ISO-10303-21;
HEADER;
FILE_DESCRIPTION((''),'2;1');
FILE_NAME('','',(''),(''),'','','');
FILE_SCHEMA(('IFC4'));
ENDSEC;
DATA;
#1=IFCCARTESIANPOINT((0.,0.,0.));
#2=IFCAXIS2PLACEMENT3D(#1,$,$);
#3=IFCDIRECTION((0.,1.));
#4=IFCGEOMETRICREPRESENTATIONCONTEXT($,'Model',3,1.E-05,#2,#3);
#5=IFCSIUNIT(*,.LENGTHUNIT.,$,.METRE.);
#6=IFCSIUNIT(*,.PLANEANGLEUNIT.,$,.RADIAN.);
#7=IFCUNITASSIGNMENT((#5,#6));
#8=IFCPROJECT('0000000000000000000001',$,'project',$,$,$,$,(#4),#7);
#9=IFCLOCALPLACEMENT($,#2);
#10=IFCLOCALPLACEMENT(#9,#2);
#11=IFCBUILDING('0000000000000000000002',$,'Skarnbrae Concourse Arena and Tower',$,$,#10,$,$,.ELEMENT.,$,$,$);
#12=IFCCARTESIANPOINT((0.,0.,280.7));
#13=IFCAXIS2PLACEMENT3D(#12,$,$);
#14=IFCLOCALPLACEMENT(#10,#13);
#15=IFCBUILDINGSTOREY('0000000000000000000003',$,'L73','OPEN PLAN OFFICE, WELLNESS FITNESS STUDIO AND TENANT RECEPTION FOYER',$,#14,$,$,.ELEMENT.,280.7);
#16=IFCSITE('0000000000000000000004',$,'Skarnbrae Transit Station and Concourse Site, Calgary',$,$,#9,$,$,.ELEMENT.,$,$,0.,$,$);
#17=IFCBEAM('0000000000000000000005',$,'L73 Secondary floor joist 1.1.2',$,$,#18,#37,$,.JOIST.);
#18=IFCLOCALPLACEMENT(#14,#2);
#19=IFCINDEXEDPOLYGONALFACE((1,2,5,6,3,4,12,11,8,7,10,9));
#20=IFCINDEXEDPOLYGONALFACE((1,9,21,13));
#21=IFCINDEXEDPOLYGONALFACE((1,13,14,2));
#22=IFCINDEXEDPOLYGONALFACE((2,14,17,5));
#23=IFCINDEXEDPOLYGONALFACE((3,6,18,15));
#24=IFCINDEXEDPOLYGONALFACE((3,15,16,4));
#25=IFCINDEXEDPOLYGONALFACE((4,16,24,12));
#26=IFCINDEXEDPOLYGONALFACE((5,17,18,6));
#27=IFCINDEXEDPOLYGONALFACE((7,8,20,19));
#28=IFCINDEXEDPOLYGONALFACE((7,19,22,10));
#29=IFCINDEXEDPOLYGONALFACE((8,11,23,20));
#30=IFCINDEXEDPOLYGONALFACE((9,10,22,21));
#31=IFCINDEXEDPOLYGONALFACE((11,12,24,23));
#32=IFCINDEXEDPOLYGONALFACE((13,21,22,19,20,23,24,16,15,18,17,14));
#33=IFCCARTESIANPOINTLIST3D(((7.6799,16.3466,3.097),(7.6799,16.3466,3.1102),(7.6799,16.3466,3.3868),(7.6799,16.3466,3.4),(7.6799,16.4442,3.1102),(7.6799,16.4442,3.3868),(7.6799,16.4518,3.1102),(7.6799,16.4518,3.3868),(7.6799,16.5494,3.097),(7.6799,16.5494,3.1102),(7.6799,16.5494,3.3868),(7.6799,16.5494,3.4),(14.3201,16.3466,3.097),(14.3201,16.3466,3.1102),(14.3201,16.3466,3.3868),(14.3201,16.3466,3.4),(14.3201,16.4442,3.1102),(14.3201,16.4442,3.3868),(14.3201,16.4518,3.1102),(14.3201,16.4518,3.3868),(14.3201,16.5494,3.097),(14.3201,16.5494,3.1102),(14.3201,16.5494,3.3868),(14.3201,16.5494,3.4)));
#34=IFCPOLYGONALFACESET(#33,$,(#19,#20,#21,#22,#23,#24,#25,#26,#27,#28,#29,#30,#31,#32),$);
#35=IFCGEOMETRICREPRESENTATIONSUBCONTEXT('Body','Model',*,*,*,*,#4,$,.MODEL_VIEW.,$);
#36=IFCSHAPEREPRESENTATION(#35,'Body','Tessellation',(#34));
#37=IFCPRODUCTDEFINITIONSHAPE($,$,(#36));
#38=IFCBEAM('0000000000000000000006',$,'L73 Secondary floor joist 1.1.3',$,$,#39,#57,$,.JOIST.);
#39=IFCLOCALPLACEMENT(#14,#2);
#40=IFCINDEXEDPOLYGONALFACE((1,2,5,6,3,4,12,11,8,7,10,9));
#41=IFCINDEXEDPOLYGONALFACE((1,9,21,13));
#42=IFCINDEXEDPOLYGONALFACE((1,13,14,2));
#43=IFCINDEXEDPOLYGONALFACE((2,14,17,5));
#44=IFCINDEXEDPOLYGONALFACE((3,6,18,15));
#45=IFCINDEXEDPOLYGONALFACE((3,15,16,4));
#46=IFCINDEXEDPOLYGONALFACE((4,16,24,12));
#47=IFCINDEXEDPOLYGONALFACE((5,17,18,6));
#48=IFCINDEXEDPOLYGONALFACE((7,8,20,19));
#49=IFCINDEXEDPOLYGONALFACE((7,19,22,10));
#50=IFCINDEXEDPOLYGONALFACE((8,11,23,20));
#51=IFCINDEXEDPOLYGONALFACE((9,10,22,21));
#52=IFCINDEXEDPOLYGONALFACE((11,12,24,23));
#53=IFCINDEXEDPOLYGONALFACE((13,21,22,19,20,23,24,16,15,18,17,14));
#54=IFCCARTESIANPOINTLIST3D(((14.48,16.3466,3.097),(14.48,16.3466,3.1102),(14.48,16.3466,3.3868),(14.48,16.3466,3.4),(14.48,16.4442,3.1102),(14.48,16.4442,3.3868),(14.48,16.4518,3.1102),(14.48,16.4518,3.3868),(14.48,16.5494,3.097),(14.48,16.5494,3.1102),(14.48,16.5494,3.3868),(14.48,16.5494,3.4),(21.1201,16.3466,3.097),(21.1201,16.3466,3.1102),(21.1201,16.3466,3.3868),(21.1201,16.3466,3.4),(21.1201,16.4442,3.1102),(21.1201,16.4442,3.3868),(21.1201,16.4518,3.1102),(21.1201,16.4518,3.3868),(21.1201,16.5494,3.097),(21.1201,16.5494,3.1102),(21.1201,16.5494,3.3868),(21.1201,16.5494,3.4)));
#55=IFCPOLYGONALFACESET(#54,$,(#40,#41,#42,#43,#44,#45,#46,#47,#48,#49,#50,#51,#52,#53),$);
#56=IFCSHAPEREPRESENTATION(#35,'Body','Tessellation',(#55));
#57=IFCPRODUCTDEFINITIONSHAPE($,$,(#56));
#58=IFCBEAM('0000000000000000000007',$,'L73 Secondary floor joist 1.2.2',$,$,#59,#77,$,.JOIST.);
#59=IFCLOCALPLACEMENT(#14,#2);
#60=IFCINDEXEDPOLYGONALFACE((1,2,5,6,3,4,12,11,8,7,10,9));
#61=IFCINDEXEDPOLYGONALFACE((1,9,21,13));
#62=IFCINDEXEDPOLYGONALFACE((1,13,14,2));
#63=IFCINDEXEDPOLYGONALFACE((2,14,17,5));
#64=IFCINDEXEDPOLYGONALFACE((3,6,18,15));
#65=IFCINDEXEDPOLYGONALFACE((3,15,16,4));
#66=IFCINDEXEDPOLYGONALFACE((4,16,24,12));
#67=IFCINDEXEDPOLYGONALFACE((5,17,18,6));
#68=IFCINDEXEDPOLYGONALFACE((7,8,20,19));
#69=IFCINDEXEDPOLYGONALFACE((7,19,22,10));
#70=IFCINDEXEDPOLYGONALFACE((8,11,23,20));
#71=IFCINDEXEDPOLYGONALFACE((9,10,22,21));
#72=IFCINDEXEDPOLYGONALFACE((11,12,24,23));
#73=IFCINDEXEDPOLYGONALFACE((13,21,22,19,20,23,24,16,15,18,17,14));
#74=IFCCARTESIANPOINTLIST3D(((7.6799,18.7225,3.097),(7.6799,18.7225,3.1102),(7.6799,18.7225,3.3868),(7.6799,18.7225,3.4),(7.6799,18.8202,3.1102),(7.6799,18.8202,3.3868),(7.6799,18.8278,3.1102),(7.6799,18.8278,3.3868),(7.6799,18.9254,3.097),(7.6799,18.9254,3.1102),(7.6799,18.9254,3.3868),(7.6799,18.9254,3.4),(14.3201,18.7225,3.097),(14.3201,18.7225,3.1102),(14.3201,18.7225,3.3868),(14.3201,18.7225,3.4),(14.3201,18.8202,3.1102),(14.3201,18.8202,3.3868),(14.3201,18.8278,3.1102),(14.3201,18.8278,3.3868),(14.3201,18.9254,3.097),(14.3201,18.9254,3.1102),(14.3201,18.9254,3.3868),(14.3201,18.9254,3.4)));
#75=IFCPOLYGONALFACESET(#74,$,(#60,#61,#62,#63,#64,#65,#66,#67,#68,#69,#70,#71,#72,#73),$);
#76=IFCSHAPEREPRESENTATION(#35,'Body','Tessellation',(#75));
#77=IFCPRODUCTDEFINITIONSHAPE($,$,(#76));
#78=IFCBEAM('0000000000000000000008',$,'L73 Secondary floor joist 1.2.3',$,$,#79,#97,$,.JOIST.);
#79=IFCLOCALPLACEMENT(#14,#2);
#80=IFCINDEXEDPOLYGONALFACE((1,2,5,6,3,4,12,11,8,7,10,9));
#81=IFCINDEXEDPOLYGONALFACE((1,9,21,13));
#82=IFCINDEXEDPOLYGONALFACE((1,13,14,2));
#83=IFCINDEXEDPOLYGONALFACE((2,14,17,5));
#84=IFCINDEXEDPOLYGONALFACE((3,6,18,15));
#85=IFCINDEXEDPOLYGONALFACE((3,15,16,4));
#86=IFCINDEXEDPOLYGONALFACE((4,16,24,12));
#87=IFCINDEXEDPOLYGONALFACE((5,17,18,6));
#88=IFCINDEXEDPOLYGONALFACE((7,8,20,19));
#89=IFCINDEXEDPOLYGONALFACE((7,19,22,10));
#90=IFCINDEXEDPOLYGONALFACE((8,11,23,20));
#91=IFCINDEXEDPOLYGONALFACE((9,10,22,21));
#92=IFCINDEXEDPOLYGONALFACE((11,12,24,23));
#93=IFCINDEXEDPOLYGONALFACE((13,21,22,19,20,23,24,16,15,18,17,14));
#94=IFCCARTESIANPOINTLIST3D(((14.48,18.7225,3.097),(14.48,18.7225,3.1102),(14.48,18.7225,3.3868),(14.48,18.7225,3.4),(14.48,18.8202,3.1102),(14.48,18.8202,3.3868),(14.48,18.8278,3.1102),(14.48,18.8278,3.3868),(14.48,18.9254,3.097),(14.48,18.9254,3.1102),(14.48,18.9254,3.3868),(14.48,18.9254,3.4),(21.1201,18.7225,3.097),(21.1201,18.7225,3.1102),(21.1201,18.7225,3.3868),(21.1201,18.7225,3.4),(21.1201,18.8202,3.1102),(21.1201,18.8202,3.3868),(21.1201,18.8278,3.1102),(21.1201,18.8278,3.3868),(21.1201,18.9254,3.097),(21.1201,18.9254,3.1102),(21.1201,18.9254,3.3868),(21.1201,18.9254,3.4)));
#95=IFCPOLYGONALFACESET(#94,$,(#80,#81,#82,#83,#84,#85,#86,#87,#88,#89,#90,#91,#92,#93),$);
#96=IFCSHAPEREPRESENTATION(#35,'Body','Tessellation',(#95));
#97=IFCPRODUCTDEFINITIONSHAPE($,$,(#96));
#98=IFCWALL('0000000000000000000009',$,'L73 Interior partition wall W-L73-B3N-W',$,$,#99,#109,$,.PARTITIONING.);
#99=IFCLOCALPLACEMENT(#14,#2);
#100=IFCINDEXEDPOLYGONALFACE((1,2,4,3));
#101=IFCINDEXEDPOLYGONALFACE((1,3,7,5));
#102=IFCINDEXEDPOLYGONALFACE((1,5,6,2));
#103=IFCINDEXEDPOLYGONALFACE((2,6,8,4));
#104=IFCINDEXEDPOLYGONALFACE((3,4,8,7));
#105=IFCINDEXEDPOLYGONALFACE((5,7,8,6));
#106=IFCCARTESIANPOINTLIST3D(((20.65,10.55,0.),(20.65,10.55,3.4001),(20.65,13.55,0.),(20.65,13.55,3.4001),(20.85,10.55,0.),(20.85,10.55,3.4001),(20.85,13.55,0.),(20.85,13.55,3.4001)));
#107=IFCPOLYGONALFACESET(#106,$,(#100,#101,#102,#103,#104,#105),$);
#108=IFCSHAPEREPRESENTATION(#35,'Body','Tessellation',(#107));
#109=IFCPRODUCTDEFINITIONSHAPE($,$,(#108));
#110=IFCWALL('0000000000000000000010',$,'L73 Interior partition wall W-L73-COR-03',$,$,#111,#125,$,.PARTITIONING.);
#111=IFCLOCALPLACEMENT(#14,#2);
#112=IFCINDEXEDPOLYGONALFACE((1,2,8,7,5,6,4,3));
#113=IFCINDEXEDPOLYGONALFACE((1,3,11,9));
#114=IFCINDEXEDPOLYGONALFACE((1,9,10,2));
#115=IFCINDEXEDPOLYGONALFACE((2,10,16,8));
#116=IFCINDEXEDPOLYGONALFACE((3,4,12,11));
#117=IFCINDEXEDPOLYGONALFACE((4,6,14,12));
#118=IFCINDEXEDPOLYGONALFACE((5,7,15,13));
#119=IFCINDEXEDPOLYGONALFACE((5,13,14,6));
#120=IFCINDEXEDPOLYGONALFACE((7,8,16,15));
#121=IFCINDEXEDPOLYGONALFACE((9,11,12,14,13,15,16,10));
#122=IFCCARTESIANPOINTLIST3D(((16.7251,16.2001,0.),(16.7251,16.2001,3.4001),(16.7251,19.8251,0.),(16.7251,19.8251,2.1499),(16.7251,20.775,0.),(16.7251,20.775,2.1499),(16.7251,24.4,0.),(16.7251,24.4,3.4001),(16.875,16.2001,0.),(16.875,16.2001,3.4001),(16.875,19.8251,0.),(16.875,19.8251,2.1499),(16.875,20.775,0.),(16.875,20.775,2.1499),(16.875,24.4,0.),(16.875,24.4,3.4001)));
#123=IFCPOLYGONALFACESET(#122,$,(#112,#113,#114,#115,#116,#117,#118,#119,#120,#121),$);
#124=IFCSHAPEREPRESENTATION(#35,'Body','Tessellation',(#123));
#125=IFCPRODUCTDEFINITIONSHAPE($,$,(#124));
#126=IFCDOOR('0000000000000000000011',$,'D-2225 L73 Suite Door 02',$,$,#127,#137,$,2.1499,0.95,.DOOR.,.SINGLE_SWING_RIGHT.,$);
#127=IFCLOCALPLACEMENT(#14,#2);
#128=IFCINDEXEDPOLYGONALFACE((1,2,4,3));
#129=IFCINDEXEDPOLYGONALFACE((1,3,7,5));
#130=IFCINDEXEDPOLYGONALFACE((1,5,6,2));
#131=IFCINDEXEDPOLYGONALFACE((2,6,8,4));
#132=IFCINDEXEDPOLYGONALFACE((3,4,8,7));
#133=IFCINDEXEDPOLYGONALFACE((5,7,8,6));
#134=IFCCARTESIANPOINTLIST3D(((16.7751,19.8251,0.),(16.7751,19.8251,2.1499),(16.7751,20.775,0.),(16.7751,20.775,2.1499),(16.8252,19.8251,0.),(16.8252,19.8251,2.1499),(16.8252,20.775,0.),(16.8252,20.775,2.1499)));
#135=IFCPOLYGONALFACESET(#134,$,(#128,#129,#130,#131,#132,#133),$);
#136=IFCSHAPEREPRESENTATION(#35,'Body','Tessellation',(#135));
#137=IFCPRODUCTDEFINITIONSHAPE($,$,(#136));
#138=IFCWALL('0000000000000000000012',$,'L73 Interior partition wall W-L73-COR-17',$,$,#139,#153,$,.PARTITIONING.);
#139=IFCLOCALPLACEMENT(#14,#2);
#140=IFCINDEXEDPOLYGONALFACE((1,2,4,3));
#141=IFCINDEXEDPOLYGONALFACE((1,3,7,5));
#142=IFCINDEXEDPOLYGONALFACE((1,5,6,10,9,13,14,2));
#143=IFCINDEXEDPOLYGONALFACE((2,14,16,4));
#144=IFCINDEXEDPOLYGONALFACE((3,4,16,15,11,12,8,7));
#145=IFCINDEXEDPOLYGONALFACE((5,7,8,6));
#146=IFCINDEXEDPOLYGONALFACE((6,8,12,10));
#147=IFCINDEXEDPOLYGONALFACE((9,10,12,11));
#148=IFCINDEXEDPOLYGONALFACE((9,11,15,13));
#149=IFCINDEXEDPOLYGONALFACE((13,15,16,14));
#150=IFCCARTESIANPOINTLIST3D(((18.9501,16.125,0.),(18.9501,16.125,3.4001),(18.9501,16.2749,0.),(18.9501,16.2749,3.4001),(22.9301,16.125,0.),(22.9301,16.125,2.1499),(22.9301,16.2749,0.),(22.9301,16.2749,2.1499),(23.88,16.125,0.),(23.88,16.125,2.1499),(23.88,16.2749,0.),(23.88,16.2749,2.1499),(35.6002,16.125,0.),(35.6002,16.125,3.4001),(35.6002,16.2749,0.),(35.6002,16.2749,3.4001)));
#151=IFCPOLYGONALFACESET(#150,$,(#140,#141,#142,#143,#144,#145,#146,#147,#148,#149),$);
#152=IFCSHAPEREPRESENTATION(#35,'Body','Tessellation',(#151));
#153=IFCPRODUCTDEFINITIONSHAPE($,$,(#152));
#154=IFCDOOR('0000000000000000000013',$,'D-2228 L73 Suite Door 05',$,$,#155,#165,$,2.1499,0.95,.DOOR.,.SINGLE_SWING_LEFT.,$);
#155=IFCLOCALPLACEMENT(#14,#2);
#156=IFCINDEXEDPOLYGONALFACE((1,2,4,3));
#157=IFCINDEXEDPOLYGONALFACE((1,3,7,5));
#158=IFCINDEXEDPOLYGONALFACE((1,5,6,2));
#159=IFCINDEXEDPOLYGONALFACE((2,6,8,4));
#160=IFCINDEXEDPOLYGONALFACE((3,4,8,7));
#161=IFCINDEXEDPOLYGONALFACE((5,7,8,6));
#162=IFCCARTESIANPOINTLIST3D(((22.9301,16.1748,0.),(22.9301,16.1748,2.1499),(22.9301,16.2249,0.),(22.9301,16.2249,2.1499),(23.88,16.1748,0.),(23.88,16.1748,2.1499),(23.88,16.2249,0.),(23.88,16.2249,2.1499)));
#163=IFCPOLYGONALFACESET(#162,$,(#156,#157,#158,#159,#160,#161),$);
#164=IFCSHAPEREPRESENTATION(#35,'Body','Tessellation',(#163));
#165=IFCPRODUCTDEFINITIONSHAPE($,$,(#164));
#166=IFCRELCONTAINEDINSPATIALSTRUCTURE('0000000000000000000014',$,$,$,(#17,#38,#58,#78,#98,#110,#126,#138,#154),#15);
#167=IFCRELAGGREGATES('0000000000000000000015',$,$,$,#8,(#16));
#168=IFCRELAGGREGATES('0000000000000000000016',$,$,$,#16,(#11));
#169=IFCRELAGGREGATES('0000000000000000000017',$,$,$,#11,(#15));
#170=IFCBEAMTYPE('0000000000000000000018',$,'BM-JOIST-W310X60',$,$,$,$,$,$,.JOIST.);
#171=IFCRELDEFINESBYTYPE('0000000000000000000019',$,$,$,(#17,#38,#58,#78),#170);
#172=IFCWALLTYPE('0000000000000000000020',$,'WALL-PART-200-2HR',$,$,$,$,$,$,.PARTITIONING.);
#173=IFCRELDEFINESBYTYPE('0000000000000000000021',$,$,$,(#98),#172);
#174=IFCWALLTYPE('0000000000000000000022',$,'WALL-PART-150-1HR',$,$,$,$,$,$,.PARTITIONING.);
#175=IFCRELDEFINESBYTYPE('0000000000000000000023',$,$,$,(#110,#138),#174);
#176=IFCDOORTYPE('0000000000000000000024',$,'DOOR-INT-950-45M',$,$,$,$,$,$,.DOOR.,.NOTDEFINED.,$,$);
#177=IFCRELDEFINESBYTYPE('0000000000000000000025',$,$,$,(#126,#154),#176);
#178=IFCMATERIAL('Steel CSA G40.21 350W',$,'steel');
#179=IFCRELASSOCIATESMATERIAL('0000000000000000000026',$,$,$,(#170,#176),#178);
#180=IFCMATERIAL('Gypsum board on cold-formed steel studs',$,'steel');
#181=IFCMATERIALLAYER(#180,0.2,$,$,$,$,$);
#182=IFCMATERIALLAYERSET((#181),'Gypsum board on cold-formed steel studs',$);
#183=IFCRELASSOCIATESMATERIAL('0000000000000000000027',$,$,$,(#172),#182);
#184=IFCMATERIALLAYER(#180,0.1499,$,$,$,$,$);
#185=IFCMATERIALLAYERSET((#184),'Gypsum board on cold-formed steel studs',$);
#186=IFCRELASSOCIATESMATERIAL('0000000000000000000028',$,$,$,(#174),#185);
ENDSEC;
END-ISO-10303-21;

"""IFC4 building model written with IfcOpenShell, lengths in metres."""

from ifc_helpers import new_model, si_unit, direction, frame, frame_2d, origin, origin_2d, place, context, subcontext, project, spatial, rectangle, i_section, extrude, source, transform, mapped, material, layer, layer_set, material_profile, profile_set, type_object, element, fill, save


model = new_model("IFC4")

# Units and contexts
model_context = context("Model", 3, precision=1e-05, world=origin(), true_north=direction((0.0, 1.0)))
body_context = subcontext(model_context, "Body", "Model", "MODEL_VIEW")
ifc_project = project(units=[si_unit("LENGTHUNIT", "METRE"), si_unit("PLANEANGLEUNIT", "RADIAN")], contexts=[model_context])

# Site, building, storey
site_placement = place(None, origin())
site = spatial("IfcSite", under=ifc_project, at=site_placement, Name="Skarnbrae Transit Station and Concourse Site, Calgary", CompositionType="ELEMENT", RefElevation=0.0)
building_placement = place(site_placement, origin())
building = spatial("IfcBuilding", under=site, at=building_placement, Name="Skarnbrae Concourse Arena and Tower", CompositionType="ELEMENT")
storey_placement = place(building_placement, frame((0.0, 0.0, 280.7)))
storey = spatial("IfcBuildingStorey", under=building, at=storey_placement, Name="L73", Description="OPEN PLAN OFFICE, WELLNESS FITNESS STUDIO AND TENANT RECEPTION FOYER", CompositionType="ELEMENT", Elevation=280.7)

# Shared definitions
ifc_material_1 = material(Name="Steel CSA G40.21 350W", Category="steel")

# Beams
ifc_material_profile_1 = material_profile(ifc_material_1, i_section(OverallWidth=0.2029, OverallDepth=0.303, WebThickness=0.0076, FlangeThickness=0.0132, at=origin_2d()), Name="W310X60")
ifc_profile_set_1 = profile_set([ifc_material_profile_1], Name="Steel CSA G40.21 350W")
beam_type_1 = type_object("IfcBeamType", Name="BM-JOIST-W310X60", PredefinedType="JOIST", material=ifc_profile_set_1)
shared_shape_1 = source(origin(), body_context, "Body", "SweptSolid", [
    extrude(i_section(OverallWidth=0.2029, OverallDepth=0.303, WebThickness=0.0076, FlangeThickness=0.0132, at=origin_2d()), origin(), (0.0, 0.0, 1.0), 6.6401),
])
for number, where, z_axis, x_axis, name in (
    (1, (7.6799, 16.448, 3.2485), (1.0, 0.0, 0.0), (0.0, 1.0, 0.0), "L73 Secondary floor joist 1.1.2"),
    (2, (14.48, 16.448, 3.2485), (1.0, 0.0, 0.0), (0.0, 1.0, 0.0), "L73 Secondary floor joist 1.1.3"),
    (3, (7.6799, 18.824, 3.2485), (1.0, 0.0, 0.0), (0.0, 1.0, 0.0), "L73 Secondary floor joist 1.2.2"),
    (4, (14.48, 18.824, 3.2485), (1.0, 0.0, 0.0), (0.0, 1.0, 0.0), "L73 Secondary floor joist 1.2.3"),
):
    element("IfcBeam", number, at=place(storey_placement, frame(where, z_axis=z_axis, x_axis=x_axis)), inside=storey, type_object=beam_type_1, Name=name, PredefinedType="JOIST", context=body_context, shape_type="MappedRepresentation", body=[
        mapped(shared_shape_1, transform((0.0, 0.0, 0.0))),
    ])

# Shared definitions
ifc_material_2 = material(Name="Gypsum board on cold-formed steel studs", Category="steel")
ifc_layer_1 = layer(ifc_material_2, 0.2)
ifc_layer_set_1 = layer_set([ifc_layer_1], Name="Gypsum board on cold-formed steel studs")
wall_type_1 = type_object("IfcWallType", Name="WALL-PART-200-2HR", PredefinedType="PARTITIONING", material=ifc_layer_set_1)

# Wall
shared_shape_2 = source(origin(), body_context, "Body", "SweptSolid", [
    extrude(rectangle(XDim=3.0, YDim=0.2, at=frame_2d((1.5, 0.0))), origin(), (0.0, 0.0, 1.0), 3.4001),
])
wall_1_placement = place(storey_placement, frame((20.75, 10.55, 0.0), z_axis=(0.0, 0.0, 1.0), x_axis=(0.0, 1.0, 0.0)))
element("IfcWall", 5, at=wall_1_placement, inside=storey, type_object=wall_type_1, Name="L73 Interior partition wall W-L73-B3N-W", PredefinedType="PARTITIONING", context=body_context, shape_type="MappedRepresentation", body=[
    mapped(shared_shape_2, transform((0.0, 0.0, 0.0))),
])

# Walls, openings, doors
ifc_layer_2 = layer(ifc_material_2, 0.1499)
ifc_layer_set_2 = layer_set([ifc_layer_2], Name="Gypsum board on cold-formed steel studs")
wall_type_2 = type_object("IfcWallType", Name="WALL-PART-150-1HR", PredefinedType="PARTITIONING", material=ifc_layer_set_2)
shared_shape_3 = source(origin(), body_context, "Body", "SweptSolid", [
    extrude(rectangle(XDim=8.2, YDim=0.1499, at=frame_2d((4.1001, 0.0))), origin(), (0.0, 0.0, 1.0), 3.4001),
])
wall_2_placement = place(storey_placement, frame((16.8, 16.2, 0.0), z_axis=(0.0, 0.0, 1.0), x_axis=(0.0, 1.0, 0.0)))
wall_2 = element("IfcWall", 6, at=wall_2_placement, inside=storey, type_object=wall_type_2, Name="L73 Interior partition wall W-L73-COR-03", PredefinedType="PARTITIONING", context=body_context, shape_type="MappedRepresentation", body=[
    mapped(shared_shape_3, transform((0.0, 0.0, 0.0))),
])
opening_1_placement = place(wall_2_placement, frame((3.625, 0.0, 0.0)))
opening_1 = element("IfcOpeningElement", 7, at=opening_1_placement, cuts=wall_2, PredefinedType="OPENING", context=body_context, shape_type="SweptSolid", body=[
    extrude(rectangle(XDim=0.95, YDim=2.1499, at=frame_2d((0.4751, 1.075))), frame((0.0, 0.085, 0.0), z_axis=(0.0, -1.0, 0.0), x_axis=(1.0, 0.0, 0.0)), (0.0, 0.0, 1.0), 0.1699),
])
door_type_1 = type_object("IfcDoorType", Name="DOOR-INT-950-45M", OperationType="NOTDEFINED", PredefinedType="DOOR", material=ifc_material_1)
shared_shape_4 = source(origin(), body_context, "Body", "SweptSolid", [
    extrude(rectangle(XDim=0.95, YDim=2.1499, at=frame_2d((0.4751, 1.075))), frame((0.0, 0.0249, 0.0), z_axis=(0.0, -1.0, 0.0), x_axis=(1.0, 0.0, 0.0)), (0.0, 0.0, 1.0), 0.05),
])
door_1_placement = place(opening_1_placement, origin())
door_1 = element("IfcDoor", 8, at=door_1_placement, inside=storey, type_object=door_type_1, Name="D-2225 L73 Suite Door 02", OperationType="SINGLE_SWING_RIGHT", OverallHeight=2.1499, OverallWidth=0.95, PredefinedType="DOOR", context=body_context, shape_type="MappedRepresentation", body=[
    mapped(shared_shape_4, transform((0.0, 0.0, 0.0))),
])
fill(opening_1, door_1)
shared_shape_5 = source(origin(), body_context, "Body", "SweptSolid", [
    extrude(rectangle(XDim=16.6501, YDim=0.1499, at=frame_2d((8.3252, 0.0))), origin(), (0.0, 0.0, 1.0), 3.4001),
])
wall_3_placement = place(storey_placement, frame((18.95, 16.2, 0.0), z_axis=(0.0, 0.0, 1.0), x_axis=(1.0, 0.0, 0.0)))
wall_3 = element("IfcWall", 9, at=wall_3_placement, inside=storey, type_object=wall_type_2, Name="L73 Interior partition wall W-L73-COR-17", PredefinedType="PARTITIONING", context=body_context, shape_type="MappedRepresentation", body=[
    mapped(shared_shape_5, transform((0.0, 0.0, 0.0))),
])
opening_2_placement = place(wall_3_placement, frame((3.98, 0.0, 0.0)))
opening_2 = element("IfcOpeningElement", 10, at=opening_2_placement, cuts=wall_3, PredefinedType="OPENING", context=body_context, shape_type="SweptSolid", body=[
    extrude(rectangle(XDim=0.95, YDim=2.1499, at=frame_2d((0.4751, 1.075))), frame((0.0, 0.085, 0.0), z_axis=(0.0, -1.0, 0.0), x_axis=(1.0, 0.0, 0.0)), (0.0, 0.0, 1.0), 0.1699),
])
door_2_placement = place(opening_2_placement, origin())
door_2 = element("IfcDoor", 11, at=door_2_placement, inside=storey, type_object=door_type_1, Name="D-2228 L73 Suite Door 05", OperationType="SINGLE_SWING_LEFT", OverallHeight=2.1499, OverallWidth=0.95, PredefinedType="DOOR", context=body_context, shape_type="MappedRepresentation", body=[
    mapped(shared_shape_4, transform((0.0, 0.0, 0.0))),
])
fill(opening_2, door_2)

save(model, "model.ifc")
